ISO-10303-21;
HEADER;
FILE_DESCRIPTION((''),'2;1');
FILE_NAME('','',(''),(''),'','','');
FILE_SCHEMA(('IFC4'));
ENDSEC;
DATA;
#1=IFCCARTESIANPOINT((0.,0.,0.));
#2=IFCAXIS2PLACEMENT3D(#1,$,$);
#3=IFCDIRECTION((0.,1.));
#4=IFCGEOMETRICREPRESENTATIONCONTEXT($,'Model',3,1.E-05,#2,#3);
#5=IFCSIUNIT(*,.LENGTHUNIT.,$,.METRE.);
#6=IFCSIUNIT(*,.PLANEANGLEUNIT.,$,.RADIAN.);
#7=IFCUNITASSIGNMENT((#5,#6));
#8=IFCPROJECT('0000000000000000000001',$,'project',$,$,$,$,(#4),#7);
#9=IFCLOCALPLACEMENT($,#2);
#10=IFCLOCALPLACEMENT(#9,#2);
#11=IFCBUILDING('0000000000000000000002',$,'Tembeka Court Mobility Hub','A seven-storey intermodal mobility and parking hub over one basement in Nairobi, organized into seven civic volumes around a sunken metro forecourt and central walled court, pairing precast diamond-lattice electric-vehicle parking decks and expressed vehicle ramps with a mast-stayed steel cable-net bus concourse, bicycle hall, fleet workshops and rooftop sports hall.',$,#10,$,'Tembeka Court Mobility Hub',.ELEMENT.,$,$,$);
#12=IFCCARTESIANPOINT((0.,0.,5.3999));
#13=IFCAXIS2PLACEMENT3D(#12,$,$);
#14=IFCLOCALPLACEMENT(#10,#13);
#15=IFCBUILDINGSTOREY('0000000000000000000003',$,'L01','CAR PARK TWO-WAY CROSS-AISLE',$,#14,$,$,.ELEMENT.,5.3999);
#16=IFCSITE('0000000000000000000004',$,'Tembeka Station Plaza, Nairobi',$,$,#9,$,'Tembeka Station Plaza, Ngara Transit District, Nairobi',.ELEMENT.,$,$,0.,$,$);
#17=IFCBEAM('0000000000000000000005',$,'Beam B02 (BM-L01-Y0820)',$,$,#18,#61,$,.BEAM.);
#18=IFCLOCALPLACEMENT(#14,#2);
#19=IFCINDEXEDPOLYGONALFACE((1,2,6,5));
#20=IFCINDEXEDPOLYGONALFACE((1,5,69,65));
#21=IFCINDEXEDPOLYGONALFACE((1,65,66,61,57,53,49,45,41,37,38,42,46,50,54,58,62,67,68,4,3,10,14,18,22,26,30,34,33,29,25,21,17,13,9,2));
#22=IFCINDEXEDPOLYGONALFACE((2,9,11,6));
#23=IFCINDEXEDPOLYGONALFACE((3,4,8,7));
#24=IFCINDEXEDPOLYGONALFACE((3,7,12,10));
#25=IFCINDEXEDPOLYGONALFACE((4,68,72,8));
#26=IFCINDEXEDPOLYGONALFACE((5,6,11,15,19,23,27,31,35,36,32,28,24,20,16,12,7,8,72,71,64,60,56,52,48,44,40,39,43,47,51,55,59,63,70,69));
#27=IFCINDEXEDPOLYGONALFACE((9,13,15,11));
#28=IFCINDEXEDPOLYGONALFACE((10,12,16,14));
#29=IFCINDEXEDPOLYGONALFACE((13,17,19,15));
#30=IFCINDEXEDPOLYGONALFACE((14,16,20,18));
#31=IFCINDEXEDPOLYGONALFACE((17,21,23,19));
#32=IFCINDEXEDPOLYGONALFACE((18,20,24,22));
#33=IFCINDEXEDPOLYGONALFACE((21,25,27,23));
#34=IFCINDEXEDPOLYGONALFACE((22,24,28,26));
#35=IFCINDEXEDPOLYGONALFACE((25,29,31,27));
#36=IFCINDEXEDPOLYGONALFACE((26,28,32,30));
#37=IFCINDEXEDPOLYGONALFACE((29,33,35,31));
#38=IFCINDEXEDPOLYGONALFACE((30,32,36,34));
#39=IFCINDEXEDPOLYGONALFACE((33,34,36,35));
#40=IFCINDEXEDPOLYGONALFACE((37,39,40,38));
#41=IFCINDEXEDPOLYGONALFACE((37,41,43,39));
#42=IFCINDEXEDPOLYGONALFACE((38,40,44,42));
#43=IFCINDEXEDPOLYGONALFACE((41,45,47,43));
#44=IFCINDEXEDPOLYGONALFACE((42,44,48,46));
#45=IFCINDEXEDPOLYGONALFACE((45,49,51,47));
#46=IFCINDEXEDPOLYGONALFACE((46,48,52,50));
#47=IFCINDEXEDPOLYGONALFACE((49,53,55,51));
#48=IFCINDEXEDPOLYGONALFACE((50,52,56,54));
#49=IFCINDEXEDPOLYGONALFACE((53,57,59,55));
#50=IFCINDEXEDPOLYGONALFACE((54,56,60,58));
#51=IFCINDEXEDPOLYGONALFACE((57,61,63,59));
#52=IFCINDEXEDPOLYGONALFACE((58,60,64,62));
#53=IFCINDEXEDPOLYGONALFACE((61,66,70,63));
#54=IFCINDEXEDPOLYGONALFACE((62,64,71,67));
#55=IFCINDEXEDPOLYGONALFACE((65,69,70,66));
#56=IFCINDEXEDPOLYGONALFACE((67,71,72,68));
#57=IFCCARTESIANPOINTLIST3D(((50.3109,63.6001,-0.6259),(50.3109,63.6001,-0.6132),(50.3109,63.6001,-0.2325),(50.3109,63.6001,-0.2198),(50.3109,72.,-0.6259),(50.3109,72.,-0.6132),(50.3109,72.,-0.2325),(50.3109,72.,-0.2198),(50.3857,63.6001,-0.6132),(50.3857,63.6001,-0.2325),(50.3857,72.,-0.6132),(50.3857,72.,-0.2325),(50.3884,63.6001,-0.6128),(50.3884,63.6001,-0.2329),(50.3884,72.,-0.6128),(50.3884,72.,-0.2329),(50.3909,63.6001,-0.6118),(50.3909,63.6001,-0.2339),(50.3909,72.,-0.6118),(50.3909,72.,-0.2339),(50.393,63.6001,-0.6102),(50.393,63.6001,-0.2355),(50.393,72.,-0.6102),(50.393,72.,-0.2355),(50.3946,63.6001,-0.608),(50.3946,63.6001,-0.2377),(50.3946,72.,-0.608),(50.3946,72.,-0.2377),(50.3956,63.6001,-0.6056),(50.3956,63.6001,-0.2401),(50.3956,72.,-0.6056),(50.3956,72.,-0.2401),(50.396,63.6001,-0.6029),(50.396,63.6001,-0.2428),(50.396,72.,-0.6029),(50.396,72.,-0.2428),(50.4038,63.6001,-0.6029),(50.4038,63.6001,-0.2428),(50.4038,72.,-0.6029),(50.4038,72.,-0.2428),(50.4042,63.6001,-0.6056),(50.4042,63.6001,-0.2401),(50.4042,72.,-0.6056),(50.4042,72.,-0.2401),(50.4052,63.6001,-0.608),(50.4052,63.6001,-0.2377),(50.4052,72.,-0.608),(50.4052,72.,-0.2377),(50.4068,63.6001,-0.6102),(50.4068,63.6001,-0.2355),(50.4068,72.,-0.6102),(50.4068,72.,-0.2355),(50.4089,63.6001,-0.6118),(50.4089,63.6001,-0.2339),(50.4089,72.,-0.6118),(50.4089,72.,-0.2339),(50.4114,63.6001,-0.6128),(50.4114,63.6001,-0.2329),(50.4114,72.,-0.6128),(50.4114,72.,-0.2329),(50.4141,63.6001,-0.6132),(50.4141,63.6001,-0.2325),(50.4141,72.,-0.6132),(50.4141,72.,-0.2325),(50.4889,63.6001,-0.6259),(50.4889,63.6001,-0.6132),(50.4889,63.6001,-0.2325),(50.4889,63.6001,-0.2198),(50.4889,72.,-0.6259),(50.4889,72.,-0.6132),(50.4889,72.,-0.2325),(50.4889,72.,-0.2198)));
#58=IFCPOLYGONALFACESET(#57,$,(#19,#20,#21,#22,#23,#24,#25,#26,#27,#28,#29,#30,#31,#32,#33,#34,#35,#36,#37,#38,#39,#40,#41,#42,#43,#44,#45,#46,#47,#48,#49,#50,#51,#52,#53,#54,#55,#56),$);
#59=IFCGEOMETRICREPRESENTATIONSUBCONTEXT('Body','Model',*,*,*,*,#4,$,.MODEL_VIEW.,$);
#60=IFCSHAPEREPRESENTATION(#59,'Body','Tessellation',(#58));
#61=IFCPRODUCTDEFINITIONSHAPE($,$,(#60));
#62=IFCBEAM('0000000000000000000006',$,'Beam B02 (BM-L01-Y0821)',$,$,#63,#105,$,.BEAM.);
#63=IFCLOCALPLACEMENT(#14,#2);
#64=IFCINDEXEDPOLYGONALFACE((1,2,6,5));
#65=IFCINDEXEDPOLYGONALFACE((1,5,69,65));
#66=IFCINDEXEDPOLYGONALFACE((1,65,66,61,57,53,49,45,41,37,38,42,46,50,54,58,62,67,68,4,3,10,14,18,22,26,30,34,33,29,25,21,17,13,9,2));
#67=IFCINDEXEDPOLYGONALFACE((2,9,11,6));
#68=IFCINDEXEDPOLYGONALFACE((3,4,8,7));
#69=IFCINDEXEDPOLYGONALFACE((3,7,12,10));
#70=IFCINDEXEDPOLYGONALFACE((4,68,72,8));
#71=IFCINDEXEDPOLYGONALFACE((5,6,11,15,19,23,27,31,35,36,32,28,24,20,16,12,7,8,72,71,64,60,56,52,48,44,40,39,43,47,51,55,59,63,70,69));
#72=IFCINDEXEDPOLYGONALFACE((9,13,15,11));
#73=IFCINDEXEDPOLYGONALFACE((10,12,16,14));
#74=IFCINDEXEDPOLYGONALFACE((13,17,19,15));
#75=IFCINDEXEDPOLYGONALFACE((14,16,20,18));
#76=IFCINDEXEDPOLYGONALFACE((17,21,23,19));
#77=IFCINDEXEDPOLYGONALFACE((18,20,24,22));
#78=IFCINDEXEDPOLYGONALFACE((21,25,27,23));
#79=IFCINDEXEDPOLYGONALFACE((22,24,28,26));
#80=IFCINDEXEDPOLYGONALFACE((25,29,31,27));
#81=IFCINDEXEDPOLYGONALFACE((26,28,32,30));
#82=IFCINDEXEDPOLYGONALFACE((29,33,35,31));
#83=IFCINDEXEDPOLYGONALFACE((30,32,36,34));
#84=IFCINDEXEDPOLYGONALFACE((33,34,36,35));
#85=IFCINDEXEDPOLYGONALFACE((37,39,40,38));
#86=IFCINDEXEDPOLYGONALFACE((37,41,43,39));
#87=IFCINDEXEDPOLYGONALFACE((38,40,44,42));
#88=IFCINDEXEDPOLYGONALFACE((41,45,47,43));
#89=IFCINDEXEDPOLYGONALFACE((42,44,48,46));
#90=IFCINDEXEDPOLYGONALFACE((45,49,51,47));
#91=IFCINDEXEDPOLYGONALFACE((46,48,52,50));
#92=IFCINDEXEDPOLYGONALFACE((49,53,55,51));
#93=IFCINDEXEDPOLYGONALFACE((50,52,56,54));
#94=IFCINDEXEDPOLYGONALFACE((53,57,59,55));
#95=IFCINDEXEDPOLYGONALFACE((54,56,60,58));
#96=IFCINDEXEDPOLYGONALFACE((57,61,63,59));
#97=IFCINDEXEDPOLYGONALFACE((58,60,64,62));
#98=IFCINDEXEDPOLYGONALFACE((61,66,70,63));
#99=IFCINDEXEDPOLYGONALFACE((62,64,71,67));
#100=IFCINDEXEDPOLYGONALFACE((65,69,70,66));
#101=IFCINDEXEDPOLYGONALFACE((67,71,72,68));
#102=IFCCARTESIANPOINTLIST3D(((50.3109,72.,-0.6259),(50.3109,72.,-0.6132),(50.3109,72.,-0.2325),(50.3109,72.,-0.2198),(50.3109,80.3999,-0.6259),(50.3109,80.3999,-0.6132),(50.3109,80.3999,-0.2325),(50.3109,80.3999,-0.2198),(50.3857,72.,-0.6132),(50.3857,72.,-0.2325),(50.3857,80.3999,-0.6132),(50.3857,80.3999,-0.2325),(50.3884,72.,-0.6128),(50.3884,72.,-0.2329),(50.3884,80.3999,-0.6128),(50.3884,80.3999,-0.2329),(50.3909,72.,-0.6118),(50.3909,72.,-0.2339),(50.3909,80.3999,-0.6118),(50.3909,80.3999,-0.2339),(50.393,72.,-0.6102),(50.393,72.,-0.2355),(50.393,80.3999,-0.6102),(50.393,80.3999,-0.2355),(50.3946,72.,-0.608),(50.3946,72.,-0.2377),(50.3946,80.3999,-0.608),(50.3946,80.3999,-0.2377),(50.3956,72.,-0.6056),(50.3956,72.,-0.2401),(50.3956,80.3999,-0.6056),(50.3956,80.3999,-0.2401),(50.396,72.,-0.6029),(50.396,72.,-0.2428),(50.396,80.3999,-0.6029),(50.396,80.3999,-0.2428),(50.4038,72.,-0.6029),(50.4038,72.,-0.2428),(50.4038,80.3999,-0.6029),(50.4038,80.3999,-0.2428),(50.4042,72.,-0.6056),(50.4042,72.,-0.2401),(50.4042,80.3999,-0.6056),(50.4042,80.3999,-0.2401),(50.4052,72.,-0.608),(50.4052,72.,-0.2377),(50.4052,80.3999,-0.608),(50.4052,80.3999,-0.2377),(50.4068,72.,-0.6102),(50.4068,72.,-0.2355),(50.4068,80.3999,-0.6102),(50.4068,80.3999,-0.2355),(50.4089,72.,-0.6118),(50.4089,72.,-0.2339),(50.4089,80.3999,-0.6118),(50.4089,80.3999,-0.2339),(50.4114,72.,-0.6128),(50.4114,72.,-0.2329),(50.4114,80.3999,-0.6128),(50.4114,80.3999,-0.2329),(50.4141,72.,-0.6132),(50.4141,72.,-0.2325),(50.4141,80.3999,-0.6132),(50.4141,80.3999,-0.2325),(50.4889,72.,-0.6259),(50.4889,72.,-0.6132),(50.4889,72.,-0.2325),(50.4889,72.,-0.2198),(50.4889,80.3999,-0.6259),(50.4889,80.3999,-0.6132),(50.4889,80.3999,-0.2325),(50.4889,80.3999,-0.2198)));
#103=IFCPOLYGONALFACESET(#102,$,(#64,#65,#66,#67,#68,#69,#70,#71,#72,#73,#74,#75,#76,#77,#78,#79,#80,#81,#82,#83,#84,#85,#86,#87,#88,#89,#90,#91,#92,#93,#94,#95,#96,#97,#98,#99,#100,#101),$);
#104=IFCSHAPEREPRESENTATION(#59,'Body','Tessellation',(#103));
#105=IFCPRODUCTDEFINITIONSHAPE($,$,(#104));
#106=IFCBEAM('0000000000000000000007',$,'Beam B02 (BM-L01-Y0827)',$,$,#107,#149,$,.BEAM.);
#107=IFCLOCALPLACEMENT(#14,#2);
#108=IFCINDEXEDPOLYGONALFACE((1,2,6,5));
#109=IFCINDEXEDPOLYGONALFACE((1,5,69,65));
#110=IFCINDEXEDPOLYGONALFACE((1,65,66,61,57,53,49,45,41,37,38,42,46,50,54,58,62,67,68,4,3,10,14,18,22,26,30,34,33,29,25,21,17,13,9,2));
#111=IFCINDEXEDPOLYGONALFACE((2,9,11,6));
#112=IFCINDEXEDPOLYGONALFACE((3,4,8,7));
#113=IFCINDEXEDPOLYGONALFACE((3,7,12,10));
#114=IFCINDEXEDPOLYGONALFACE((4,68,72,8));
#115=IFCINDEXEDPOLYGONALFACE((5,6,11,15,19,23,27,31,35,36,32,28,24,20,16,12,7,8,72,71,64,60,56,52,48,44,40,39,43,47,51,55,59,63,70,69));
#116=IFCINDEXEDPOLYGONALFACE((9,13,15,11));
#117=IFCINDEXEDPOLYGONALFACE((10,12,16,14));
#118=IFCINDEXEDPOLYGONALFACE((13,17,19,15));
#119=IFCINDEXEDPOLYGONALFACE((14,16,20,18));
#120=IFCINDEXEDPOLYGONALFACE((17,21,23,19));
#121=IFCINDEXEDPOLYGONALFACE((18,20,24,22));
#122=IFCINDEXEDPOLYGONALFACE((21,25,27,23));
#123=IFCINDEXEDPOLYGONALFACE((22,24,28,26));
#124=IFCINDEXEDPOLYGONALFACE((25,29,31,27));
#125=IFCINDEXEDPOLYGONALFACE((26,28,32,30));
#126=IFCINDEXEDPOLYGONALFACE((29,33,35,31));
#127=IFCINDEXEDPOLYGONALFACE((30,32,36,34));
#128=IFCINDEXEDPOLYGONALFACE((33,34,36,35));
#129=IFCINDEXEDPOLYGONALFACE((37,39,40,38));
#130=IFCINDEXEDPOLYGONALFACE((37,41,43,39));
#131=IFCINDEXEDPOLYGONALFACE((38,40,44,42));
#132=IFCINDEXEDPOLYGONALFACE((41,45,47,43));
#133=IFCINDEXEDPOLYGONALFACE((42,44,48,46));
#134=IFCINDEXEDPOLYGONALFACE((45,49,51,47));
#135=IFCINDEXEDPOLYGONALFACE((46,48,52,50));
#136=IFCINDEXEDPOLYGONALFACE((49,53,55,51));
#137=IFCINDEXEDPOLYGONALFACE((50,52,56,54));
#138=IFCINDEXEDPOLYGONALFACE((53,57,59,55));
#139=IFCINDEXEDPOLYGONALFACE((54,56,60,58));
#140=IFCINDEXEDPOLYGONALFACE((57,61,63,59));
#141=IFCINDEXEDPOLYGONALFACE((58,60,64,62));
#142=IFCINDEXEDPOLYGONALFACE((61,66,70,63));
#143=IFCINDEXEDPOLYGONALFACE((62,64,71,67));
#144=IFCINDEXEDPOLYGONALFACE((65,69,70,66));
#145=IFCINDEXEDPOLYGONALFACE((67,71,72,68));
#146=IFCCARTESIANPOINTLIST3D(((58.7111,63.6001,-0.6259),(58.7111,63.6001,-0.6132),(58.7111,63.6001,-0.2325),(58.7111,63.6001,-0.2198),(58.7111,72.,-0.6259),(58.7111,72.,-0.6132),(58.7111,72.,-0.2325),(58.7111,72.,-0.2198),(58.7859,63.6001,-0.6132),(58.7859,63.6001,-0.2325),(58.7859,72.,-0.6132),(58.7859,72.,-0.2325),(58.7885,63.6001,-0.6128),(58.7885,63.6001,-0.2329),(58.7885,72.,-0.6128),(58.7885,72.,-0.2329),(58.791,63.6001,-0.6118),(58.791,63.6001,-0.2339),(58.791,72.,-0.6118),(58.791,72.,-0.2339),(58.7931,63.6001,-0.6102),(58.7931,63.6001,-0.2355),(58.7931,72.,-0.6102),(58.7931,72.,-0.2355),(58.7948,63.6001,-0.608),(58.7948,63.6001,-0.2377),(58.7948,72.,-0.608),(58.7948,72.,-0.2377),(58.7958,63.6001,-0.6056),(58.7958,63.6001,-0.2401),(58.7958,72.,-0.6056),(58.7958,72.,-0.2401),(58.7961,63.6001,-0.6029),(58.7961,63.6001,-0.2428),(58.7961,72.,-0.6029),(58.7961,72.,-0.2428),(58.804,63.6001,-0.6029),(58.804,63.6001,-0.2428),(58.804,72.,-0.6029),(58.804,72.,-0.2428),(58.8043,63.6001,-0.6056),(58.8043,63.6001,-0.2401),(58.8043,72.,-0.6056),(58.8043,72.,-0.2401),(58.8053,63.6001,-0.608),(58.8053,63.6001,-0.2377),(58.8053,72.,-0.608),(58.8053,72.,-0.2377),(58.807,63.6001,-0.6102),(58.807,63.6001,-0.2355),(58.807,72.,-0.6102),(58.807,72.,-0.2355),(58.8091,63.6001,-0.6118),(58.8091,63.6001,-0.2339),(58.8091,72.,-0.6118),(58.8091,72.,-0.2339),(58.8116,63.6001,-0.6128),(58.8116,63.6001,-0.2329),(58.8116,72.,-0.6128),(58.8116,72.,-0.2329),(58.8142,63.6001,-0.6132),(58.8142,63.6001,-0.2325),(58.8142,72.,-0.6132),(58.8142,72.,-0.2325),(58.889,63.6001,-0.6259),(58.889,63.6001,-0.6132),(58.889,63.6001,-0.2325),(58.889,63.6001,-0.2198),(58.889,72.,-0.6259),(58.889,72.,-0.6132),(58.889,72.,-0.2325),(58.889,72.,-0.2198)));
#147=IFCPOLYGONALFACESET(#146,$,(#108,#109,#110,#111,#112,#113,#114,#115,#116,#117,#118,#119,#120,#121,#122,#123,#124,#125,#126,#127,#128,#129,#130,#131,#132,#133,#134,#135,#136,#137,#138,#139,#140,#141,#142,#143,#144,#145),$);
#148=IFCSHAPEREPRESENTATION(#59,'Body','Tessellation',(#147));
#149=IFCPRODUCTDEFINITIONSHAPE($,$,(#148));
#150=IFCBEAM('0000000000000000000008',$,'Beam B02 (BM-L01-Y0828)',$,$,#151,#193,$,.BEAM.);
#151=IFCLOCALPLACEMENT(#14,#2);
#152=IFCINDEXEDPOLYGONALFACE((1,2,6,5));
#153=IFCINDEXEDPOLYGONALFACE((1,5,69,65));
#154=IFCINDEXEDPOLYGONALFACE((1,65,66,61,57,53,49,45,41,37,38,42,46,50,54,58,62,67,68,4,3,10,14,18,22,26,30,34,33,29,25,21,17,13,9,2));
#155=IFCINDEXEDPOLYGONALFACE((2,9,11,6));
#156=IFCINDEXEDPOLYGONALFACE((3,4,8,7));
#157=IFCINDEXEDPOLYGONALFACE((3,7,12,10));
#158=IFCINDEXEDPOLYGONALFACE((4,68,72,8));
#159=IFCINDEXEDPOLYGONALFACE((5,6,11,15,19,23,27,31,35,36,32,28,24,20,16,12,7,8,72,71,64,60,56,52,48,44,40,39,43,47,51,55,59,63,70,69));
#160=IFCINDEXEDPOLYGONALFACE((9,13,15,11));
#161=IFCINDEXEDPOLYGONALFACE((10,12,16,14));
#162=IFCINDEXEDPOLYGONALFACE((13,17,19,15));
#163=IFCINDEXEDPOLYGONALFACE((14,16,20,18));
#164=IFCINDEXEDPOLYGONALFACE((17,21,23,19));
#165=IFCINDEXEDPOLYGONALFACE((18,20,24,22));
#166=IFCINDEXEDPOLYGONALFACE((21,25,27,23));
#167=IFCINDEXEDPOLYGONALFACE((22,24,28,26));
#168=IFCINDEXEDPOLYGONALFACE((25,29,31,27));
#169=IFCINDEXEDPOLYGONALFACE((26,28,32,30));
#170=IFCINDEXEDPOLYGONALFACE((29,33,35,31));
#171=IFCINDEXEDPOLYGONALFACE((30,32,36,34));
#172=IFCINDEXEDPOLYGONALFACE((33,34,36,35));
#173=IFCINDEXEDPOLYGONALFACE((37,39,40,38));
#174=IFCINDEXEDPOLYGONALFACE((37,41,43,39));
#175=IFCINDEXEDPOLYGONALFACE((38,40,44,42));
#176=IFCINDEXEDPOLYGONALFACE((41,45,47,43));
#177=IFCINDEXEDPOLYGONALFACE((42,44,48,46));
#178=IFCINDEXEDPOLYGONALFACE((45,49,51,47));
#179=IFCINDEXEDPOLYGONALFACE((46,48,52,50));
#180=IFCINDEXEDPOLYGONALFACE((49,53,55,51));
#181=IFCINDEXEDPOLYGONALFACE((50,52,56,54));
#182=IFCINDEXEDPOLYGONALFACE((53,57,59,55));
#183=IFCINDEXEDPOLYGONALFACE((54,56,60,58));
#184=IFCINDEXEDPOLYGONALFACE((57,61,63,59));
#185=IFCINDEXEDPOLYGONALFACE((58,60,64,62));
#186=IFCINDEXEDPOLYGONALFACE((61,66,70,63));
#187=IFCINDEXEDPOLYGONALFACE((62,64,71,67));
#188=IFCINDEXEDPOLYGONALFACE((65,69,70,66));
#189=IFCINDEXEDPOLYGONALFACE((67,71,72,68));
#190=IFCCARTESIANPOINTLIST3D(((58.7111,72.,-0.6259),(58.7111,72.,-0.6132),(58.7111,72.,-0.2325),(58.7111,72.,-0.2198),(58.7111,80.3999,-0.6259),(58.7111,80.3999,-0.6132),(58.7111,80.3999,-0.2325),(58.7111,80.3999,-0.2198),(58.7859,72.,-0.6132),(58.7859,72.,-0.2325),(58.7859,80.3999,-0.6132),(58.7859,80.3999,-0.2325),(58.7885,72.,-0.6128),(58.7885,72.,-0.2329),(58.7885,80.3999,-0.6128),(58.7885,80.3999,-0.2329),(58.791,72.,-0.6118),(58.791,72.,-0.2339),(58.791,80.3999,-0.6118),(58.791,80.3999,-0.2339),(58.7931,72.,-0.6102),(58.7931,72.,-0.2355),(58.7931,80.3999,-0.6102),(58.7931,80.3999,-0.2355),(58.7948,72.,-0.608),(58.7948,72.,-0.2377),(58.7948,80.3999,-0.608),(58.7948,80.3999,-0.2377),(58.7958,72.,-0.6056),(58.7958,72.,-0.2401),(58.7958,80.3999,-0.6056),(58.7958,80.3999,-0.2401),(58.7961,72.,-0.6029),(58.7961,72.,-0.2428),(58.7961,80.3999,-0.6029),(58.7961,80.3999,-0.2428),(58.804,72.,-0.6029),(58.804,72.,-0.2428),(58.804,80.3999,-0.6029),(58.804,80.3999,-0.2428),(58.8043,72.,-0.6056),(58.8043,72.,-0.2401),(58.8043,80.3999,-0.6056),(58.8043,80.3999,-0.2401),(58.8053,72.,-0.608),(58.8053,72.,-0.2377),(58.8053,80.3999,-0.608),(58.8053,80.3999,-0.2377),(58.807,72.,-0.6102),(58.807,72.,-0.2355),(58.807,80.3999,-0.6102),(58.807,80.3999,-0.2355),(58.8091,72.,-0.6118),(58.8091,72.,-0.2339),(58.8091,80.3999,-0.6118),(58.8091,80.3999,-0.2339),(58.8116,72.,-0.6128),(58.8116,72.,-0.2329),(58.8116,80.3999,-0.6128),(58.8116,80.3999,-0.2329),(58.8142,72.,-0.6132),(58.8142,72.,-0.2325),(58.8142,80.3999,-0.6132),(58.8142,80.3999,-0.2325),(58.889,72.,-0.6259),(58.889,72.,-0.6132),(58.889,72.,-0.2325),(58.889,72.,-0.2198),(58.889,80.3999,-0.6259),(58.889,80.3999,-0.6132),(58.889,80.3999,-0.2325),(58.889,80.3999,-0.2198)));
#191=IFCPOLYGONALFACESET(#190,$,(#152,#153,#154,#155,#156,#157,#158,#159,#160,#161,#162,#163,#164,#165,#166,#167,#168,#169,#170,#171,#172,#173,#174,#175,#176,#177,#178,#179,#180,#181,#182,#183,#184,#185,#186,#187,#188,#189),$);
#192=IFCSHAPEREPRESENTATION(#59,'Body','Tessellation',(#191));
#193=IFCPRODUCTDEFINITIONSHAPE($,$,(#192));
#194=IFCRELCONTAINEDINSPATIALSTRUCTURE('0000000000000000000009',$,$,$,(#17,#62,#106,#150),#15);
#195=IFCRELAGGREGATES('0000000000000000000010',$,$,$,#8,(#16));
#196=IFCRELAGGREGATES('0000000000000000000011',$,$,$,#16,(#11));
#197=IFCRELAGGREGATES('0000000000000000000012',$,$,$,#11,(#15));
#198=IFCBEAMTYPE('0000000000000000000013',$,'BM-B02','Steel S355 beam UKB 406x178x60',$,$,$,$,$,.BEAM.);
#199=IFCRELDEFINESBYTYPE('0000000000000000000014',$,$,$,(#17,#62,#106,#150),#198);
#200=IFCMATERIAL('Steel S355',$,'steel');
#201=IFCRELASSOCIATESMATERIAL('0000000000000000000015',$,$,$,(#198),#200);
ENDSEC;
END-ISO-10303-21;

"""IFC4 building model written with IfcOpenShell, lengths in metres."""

from ifc_helpers import new_model, si_unit, direction, frame, origin, origin_2d, place, context, subcontext, project, spatial, i_section, extrude, material, material_profile, profile_set, type_object, element, save


model = new_model("IFC4")

# Units and contexts
model_context = context("Model", 3, precision=1e-05, world=origin(), true_north=direction((0.0, 1.0)))
body_context = subcontext(model_context, "Body", "Model", "MODEL_VIEW")
ifc_project = project(units=[si_unit("LENGTHUNIT", "METRE"), si_unit("PLANEANGLEUNIT", "RADIAN")], contexts=[model_context])

# Site, building, storey
site_placement = place(None, origin())
site = spatial("IfcSite", under=ifc_project, at=site_placement, Name="Tembeka Station Plaza, Nairobi", LongName="Tembeka Station Plaza, Ngara Transit District, Nairobi", CompositionType="ELEMENT", RefElevation=0.0)
building_placement = place(site_placement, origin())
building = spatial("IfcBuilding", under=site, at=building_placement, Name="Tembeka Court Mobility Hub", Description="A seven-storey intermodal mobility and parking hub over one basement in Nairobi, organized into seven civic volumes around a sunken metro forecourt and central walled court, pairing precast diamond-lattice electric-vehicle parking decks and expressed vehicle ramps with a mast-stayed steel cable-net bus concourse, bicycle hall, fleet workshops and rooftop sports hall.", LongName="Tembeka Court Mobility Hub", CompositionType="ELEMENT")
storey_placement = place(building_placement, frame((0.0, 0.0, 5.3999)))
storey = spatial("IfcBuildingStorey", under=building, at=storey_placement, Name="L01", Description="CAR PARK TWO-WAY CROSS-AISLE", CompositionType="ELEMENT", Elevation=5.3999)

# Shared definitions
ifc_material_1 = material(Name="Steel S355", Category="steel")

# Beams
ifc_material_profile_1 = material_profile(ifc_material_1, i_section(OverallWidth=0.178, OverallDepth=0.406, WebThickness=0.0078, FlangeThickness=0.0127, FilletRadius=0.0103, at=origin_2d()), Name="UKB 406x178x60")
ifc_profile_set_1 = profile_set([ifc_material_profile_1], Name="Steel S355")
beam_type_1 = type_object("IfcBeamType", Name="BM-B02", Description="Steel S355 beam UKB 406x178x60", PredefinedType="BEAM", material=ifc_profile_set_1)
for number, where, z_axis, x_axis, name in (
    (1, (50.3999, 63.6001, -0.4229), (0.0, 1.0, 0.0), (-1.0, 0.0, 0.0), "Beam B02 (BM-L01-Y0820)"),
    (2, (50.3999, 72.0, -0.4229), (0.0, 1.0, 0.0), (-1.0, 0.0, 0.0), "Beam B02 (BM-L01-Y0821)"),
    (3, (58.8, 63.6001, -0.4229), (0.0, 1.0, 0.0), (-1.0, 0.0, 0.0), "Beam B02 (BM-L01-Y0827)"),
    (4, (58.8, 72.0, -0.4229), (0.0, 1.0, 0.0), (-1.0, 0.0, 0.0), "Beam B02 (BM-L01-Y0828)"),
):
    element("IfcBeam", number, at=place(storey_placement, frame(where, z_axis=z_axis, x_axis=x_axis)), inside=storey, type_object=beam_type_1, Name=name, PredefinedType="BEAM", context=body_context, shape_type="SweptSolid", body=[
        extrude(i_section(OverallWidth=0.178, OverallDepth=0.406, WebThickness=0.0078, FlangeThickness=0.0127, FilletRadius=0.0103, at=origin_2d()), origin(), (0.0, 0.0, 1.0), 8.3999),
    ])

save(model, "model.ifc")
